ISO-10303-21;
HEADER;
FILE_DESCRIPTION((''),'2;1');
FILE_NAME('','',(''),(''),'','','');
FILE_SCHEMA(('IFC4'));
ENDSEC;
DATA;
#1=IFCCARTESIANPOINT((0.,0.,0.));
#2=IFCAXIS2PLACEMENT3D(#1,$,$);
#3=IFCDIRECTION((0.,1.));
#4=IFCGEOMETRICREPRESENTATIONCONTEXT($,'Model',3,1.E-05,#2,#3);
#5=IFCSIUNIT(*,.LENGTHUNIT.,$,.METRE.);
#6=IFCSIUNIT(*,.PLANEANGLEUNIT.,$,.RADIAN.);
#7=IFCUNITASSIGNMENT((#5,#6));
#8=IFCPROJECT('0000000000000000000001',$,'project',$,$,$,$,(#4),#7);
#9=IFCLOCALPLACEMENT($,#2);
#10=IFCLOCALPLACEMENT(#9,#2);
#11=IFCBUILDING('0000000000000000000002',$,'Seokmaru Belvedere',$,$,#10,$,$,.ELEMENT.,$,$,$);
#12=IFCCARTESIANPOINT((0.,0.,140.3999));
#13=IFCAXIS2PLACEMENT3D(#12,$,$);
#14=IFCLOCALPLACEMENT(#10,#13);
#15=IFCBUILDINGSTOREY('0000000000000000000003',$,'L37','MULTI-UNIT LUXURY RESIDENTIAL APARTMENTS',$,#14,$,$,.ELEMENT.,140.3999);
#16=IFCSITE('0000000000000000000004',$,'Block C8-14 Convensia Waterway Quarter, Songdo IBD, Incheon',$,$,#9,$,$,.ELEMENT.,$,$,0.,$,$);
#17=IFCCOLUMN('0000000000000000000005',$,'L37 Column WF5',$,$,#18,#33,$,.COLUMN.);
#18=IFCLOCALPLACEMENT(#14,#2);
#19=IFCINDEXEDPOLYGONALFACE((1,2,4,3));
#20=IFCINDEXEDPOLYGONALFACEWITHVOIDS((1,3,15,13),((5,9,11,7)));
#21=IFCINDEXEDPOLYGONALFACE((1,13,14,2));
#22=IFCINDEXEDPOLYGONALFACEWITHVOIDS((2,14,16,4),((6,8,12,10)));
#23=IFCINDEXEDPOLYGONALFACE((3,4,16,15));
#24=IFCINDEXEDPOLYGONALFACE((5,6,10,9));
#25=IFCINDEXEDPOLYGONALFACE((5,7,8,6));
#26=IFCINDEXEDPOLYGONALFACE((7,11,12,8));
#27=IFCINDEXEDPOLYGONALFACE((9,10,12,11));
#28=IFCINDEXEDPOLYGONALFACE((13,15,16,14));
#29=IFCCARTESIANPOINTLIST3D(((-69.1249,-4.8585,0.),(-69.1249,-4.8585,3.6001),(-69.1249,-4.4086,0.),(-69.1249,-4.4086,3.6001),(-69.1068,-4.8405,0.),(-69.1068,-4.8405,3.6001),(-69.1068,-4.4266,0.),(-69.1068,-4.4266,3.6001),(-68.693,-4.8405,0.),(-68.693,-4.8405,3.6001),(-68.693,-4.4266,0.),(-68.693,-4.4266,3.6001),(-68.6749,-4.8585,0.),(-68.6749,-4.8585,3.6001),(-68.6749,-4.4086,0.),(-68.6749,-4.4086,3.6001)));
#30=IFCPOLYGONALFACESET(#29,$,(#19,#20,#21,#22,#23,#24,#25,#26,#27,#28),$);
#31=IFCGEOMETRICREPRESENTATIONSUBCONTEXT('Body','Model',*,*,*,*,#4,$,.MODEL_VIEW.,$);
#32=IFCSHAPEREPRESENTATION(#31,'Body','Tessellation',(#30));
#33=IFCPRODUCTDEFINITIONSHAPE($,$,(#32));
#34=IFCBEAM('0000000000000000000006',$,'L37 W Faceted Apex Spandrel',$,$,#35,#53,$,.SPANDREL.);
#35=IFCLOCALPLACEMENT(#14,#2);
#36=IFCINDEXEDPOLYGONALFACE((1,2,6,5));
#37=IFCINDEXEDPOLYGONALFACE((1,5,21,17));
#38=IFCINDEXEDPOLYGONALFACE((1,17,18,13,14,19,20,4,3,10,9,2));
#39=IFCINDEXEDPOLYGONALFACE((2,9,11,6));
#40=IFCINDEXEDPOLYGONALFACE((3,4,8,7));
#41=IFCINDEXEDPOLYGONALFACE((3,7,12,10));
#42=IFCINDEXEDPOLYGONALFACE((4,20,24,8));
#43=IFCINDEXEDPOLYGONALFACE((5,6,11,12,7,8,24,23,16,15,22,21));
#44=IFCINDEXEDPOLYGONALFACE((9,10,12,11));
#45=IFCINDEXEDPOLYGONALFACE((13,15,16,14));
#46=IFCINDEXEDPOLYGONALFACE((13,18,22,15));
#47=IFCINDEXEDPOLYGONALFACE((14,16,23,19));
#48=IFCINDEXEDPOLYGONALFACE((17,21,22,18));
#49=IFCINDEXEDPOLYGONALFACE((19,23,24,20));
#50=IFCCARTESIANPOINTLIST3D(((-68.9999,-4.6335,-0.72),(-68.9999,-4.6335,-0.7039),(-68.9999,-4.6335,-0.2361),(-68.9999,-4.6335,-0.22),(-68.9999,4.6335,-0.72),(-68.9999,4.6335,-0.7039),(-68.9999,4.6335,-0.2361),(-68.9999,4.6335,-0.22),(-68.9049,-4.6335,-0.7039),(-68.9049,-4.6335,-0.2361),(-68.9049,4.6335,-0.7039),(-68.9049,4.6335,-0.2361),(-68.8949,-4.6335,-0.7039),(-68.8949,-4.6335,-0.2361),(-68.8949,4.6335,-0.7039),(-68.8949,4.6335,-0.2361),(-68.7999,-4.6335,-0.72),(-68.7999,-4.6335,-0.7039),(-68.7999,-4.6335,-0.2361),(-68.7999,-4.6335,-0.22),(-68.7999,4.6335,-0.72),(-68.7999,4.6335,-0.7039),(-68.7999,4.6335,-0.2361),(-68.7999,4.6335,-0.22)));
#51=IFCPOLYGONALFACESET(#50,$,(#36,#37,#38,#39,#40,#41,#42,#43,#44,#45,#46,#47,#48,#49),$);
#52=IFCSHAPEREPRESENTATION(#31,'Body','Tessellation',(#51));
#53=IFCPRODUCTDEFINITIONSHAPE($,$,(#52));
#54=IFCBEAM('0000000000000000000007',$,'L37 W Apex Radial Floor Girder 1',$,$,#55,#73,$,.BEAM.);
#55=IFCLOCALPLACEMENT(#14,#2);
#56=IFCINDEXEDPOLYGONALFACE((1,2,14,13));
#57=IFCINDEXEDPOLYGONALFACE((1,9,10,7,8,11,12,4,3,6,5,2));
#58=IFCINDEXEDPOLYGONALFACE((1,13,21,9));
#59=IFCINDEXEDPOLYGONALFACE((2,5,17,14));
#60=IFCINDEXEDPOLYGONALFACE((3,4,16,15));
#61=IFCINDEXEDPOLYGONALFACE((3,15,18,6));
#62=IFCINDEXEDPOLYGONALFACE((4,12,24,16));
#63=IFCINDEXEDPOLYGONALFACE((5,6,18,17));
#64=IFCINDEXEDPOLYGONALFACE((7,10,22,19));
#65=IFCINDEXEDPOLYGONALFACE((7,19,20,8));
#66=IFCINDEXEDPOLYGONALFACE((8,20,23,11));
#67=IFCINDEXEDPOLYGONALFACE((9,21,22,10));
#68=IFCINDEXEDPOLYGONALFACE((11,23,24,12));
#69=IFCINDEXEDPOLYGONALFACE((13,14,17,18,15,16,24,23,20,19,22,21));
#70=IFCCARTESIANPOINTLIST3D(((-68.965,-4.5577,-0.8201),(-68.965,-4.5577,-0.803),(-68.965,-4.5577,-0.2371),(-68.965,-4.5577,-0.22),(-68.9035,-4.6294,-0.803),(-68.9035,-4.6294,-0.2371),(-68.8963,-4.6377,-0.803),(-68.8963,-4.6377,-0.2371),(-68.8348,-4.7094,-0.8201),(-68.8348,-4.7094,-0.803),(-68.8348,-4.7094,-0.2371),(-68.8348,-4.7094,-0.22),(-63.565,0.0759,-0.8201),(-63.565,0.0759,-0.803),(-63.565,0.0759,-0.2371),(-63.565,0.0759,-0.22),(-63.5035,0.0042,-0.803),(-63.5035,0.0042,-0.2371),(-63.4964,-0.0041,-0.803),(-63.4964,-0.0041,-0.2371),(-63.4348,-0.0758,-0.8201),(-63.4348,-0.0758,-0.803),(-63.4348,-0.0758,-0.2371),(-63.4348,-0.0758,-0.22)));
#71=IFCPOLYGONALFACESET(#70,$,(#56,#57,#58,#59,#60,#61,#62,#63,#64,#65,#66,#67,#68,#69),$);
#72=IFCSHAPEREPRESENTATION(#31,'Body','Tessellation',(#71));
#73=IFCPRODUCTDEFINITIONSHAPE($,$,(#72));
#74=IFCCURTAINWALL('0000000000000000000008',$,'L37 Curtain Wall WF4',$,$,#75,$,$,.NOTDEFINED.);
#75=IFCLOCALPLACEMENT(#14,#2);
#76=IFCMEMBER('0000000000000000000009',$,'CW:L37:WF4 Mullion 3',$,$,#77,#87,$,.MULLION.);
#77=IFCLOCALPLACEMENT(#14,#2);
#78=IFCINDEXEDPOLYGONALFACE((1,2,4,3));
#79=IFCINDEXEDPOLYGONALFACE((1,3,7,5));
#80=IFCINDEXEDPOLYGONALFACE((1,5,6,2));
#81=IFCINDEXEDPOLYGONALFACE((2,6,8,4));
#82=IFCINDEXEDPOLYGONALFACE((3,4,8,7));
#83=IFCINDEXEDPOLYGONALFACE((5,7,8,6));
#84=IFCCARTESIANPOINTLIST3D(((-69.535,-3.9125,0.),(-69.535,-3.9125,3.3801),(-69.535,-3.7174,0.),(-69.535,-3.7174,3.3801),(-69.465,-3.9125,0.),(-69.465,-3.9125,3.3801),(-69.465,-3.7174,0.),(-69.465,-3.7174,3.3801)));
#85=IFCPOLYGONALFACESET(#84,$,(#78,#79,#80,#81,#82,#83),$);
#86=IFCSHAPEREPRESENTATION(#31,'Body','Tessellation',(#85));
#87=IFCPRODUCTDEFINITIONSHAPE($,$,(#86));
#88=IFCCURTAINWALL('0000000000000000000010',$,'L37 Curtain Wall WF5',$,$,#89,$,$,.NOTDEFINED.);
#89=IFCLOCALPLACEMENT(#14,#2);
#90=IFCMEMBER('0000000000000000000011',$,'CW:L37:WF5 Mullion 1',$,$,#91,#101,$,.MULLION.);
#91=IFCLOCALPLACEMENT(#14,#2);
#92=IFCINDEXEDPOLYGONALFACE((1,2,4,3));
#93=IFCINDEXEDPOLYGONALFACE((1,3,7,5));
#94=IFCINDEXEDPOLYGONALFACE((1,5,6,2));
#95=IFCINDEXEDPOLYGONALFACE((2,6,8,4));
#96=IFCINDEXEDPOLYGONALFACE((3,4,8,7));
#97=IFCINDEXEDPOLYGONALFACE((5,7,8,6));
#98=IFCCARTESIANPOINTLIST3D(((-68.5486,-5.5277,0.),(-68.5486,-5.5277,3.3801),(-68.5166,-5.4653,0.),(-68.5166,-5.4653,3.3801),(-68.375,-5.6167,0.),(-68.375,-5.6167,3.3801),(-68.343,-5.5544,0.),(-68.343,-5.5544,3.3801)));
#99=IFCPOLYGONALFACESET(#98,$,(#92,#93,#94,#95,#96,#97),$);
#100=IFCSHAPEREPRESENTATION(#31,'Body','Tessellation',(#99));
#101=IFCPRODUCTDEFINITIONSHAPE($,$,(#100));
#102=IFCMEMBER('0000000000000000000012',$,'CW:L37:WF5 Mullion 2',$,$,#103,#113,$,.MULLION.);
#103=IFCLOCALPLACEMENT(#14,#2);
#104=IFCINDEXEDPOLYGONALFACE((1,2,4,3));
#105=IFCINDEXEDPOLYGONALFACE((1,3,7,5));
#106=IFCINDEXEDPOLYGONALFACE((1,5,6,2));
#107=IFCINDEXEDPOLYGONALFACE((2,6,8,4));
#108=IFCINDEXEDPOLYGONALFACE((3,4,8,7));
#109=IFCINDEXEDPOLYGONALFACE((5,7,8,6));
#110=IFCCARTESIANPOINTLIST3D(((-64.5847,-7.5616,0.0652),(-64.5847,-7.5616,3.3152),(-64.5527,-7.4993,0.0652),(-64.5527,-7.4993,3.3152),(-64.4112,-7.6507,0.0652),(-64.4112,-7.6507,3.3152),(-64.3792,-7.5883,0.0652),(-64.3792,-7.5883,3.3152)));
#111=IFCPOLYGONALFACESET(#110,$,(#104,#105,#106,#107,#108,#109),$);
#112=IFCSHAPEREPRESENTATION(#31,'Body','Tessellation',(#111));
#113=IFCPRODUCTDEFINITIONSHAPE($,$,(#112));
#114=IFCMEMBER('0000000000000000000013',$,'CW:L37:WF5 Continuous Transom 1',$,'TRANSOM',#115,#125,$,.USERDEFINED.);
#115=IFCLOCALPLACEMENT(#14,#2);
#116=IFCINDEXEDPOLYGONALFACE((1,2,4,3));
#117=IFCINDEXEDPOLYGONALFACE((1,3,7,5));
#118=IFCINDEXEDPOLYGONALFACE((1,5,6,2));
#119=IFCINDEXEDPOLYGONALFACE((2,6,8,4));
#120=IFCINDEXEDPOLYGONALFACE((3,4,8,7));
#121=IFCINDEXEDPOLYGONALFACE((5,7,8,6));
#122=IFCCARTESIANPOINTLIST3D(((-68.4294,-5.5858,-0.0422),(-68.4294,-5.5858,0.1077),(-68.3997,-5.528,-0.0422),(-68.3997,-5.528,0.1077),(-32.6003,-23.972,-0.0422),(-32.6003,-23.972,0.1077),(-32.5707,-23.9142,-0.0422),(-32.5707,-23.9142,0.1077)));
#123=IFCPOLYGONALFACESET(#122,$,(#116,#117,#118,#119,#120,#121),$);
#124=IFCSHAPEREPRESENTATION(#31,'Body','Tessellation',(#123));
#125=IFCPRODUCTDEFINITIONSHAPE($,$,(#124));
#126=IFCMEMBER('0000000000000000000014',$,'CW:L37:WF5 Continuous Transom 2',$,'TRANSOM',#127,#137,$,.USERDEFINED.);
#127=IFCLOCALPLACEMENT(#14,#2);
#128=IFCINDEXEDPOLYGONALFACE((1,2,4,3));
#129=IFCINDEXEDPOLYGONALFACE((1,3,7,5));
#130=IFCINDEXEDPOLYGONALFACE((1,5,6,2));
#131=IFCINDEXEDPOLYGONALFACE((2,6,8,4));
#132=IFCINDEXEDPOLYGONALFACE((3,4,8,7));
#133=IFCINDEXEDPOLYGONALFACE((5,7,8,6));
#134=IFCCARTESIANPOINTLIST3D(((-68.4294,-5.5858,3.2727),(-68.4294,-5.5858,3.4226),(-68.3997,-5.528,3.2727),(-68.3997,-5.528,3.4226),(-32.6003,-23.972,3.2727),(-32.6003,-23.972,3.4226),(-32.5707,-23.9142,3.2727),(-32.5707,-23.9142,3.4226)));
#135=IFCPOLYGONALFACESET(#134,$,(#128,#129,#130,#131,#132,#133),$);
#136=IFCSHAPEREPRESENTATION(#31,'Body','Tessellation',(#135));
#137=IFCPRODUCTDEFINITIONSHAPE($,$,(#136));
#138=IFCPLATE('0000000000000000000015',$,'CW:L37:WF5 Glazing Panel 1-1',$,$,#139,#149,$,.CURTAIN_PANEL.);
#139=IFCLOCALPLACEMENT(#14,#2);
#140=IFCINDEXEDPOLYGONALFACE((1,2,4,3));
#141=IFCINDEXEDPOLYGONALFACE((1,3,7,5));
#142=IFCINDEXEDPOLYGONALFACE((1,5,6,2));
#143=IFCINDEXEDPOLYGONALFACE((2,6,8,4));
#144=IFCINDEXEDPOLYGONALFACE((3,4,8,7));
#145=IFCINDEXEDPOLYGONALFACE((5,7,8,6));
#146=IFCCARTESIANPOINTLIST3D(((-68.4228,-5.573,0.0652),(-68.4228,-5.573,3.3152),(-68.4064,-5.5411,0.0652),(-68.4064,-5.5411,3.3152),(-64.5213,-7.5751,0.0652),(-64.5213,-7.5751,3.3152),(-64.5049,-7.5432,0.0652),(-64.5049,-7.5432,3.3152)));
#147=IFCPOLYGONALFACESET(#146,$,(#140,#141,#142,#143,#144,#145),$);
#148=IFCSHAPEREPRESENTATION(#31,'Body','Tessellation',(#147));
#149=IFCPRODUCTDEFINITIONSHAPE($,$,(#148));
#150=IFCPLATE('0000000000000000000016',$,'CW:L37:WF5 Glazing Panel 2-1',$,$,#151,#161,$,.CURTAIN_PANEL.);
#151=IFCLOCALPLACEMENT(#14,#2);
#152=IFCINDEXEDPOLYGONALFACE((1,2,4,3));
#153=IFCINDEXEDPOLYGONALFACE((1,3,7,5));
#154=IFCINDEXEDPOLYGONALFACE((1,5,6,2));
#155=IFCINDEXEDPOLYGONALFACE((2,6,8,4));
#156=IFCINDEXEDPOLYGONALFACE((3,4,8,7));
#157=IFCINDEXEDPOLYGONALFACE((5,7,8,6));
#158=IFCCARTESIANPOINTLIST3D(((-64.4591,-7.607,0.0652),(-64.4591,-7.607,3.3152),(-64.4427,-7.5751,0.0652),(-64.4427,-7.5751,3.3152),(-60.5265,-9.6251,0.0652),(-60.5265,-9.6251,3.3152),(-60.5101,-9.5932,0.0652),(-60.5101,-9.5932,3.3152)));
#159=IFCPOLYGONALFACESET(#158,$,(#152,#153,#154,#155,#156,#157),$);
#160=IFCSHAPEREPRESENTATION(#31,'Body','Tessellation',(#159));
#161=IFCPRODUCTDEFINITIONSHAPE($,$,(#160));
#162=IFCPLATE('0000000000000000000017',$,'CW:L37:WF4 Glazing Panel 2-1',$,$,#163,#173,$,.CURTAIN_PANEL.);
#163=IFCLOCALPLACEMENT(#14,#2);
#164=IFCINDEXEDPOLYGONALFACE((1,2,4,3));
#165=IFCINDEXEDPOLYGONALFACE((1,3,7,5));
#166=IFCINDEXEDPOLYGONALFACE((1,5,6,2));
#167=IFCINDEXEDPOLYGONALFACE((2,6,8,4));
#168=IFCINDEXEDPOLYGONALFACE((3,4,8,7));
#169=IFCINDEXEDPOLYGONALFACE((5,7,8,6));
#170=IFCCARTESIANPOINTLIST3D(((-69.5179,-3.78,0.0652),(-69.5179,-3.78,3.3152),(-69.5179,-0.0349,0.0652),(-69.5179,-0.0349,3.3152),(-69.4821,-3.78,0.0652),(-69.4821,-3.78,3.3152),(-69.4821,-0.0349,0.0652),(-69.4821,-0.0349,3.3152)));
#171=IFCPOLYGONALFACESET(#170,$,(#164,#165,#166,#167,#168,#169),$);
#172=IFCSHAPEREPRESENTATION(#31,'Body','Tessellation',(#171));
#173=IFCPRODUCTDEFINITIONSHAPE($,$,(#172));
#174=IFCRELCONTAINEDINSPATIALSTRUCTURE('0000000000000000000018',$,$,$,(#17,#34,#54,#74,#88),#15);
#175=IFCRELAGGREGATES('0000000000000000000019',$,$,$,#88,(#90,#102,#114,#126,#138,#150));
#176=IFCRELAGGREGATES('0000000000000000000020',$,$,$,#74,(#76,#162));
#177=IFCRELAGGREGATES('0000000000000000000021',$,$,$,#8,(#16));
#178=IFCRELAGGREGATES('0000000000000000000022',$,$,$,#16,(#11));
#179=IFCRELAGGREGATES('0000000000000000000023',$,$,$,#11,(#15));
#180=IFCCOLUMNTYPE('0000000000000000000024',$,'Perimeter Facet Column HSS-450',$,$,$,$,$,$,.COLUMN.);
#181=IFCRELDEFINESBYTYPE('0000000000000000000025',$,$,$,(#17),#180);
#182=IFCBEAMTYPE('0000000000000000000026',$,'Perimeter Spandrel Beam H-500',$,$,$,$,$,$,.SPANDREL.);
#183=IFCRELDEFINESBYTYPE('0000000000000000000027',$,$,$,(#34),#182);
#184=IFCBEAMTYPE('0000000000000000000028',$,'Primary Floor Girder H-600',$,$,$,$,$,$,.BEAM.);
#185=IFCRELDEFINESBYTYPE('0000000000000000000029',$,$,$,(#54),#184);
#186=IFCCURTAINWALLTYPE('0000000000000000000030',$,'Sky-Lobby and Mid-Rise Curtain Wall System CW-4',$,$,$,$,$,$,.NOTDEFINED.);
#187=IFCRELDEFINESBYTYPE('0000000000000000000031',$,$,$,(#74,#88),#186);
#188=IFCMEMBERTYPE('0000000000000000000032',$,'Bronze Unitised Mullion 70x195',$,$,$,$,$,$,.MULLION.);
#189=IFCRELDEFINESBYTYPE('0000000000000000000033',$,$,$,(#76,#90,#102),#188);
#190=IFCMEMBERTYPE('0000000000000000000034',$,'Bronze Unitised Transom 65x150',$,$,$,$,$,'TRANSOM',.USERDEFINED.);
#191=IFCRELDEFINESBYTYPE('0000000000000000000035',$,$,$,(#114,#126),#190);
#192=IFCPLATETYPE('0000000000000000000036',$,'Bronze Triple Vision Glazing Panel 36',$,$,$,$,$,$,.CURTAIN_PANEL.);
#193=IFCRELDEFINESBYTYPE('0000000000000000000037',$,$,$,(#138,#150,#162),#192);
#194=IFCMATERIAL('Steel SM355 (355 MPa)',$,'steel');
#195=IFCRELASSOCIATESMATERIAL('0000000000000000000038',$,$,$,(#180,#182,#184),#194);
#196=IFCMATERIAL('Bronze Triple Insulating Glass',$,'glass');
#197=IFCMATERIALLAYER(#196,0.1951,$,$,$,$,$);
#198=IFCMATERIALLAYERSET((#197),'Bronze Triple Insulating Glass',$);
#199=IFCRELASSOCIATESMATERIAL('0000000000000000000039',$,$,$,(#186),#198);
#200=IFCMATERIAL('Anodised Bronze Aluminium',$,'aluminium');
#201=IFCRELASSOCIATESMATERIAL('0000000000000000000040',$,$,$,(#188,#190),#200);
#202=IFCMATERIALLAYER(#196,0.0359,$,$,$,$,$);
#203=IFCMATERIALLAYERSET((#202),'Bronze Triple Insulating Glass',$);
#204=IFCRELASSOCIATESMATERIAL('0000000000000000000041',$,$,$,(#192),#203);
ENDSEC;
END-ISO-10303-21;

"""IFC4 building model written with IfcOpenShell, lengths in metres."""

from ifc_helpers import new_model, si_unit, direction, frame, origin, origin_2d, place, context, subcontext, project, spatial, rectangle, hollow_rectangle, i_section, extrude, source, transform, mapped, material, layer, layer_set, material_profile, profile_set, type_object, type_shapes, element, aggregate, save


model = new_model("IFC4")

# Units and contexts
model_context = context("Model", 3, precision=1e-05, world=origin(), true_north=direction((0.0, 1.0)))
body_context = subcontext(model_context, "Body", "Model", "MODEL_VIEW")
ifc_project = project(units=[si_unit("LENGTHUNIT", "METRE"), si_unit("PLANEANGLEUNIT", "RADIAN")], contexts=[model_context])

# Site, building, storey
site_placement = place(None, origin())
site = spatial("IfcSite", under=ifc_project, at=site_placement, Name="Block C8-14 Convensia Waterway Quarter, Songdo IBD, Incheon", CompositionType="ELEMENT", RefElevation=0.0)
building_placement = place(site_placement, origin())
building = spatial("IfcBuilding", under=site, at=building_placement, Name="Seokmaru Belvedere", CompositionType="ELEMENT")
storey_placement = place(building_placement, frame((0.0, 0.0, 140.3999)))
storey = spatial("IfcBuildingStorey", under=building, at=storey_placement, Name="L37", Description="MULTI-UNIT LUXURY RESIDENTIAL APARTMENTS", CompositionType="ELEMENT", Elevation=140.3999)

# Column
ifc_material_1 = material(Name="Steel SM355 (355 MPa)", Category="steel")
ifc_material_profile_1 = material_profile(ifc_material_1, hollow_rectangle(XDim=0.45, YDim=0.45, WallThickness=0.0181, at=origin_2d()), Name="HSS-450x450x18")
ifc_profile_set_1 = profile_set([ifc_material_profile_1], Name="Steel SM355 (355 MPa)")
column_type = type_object("IfcColumnType", Name="Perimeter Facet Column HSS-450", PredefinedType="COLUMN", material=ifc_profile_set_1)
shared_shape_1 = source(origin(), body_context, "Body", "SweptSolid", [
    extrude(hollow_rectangle(XDim=0.45, YDim=0.45, WallThickness=0.0181, at=origin_2d()), origin(), (0.0, 0.0, 1.0), 3.6001),
])
type_shapes(column_type, [shared_shape_1])
column_placement = place(storey_placement, frame((-68.8999, -4.6335, 0.0), z_axis=(0.0, 0.0, 1.0), x_axis=(1.0, 0.0, 0.0)))
element("IfcColumn", 1, at=column_placement, inside=storey, type_object=column_type, Name="L37 Column WF5", PredefinedType="COLUMN", context=body_context, shape_type="MappedRepresentation", body=[
    mapped(shared_shape_1, transform((0.0, 0.0, 0.0), scale=1.0)),
])

# Beams
ifc_material_profile_2 = material_profile(ifc_material_1, i_section(OverallWidth=0.2, OverallDepth=0.5, WebThickness=0.01, FlangeThickness=0.0161, at=origin_2d()), Name="H-500x200x10x16")
ifc_profile_set_2 = profile_set([ifc_material_profile_2], Name="Steel SM355 (355 MPa)")
beam_type_1 = type_object("IfcBeamType", Name="Perimeter Spandrel Beam H-500", PredefinedType="SPANDREL", material=ifc_profile_set_2)
shared_shape_2 = source(origin(), body_context, "Body", "SweptSolid", [
    extrude(i_section(OverallWidth=0.2, OverallDepth=0.5, WebThickness=0.01, FlangeThickness=0.0161, at=origin_2d()), origin(), (0.0, 0.0, 1.0), 9.2671),
])
type_shapes(beam_type_1, [shared_shape_2])
beam_1_placement = place(storey_placement, frame((-68.8999, -4.6335, -0.47), z_axis=(0.0, 1.0, 0.0), x_axis=(-1.0, 0.0, 0.0)))
element("IfcBeam", 2, at=beam_1_placement, inside=storey, type_object=beam_type_1, Name="L37 W Faceted Apex Spandrel", PredefinedType="SPANDREL", context=body_context, shape_type="MappedRepresentation", body=[
    mapped(shared_shape_2, transform((0.0, 0.0, 0.0), scale=1.0)),
])
ifc_material_profile_3 = material_profile(ifc_material_1, i_section(OverallWidth=0.2, OverallDepth=0.6001, WebThickness=0.011, FlangeThickness=0.0171, at=origin_2d()), Name="H-600x200x11x17")
ifc_profile_set_3 = profile_set([ifc_material_profile_3], Name="Steel SM355 (355 MPa)")
beam_type_2 = type_object("IfcBeamType", Name="Primary Floor Girder H-600", PredefinedType="BEAM", material=ifc_profile_set_3)
shared_shape_3 = source(origin(), body_context, "Body", "SweptSolid", [
    extrude(i_section(OverallWidth=0.2, OverallDepth=0.6001, WebThickness=0.011, FlangeThickness=0.0171, at=origin_2d()), origin(), (0.0, 0.0, 1.0), 7.1155),
])
type_shapes(beam_type_2, [shared_shape_3])
beam_2_placement = place(storey_placement, frame((-68.8999, -4.6335, -0.52), z_axis=(0.758905, 0.651201, 0.0), x_axis=(-0.651201, 0.758905, 0.0)))
element("IfcBeam", 3, at=beam_2_placement, inside=storey, type_object=beam_type_2, Name="L37 W Apex Radial Floor Girder 1", PredefinedType="BEAM", context=body_context, shape_type="MappedRepresentation", body=[
    mapped(shared_shape_3, transform((0.0, 0.0, 0.0), scale=1.0)),
])

# Curtain wall, member
ifc_material_2 = material(Name="Bronze Triple Insulating Glass", Category="glass")
ifc_layer_1 = layer(ifc_material_2, 0.1951)
ifc_layer_set_1 = layer_set([ifc_layer_1], Name="Bronze Triple Insulating Glass")
curtain_wall_type = type_object("IfcCurtainWallType", Name="Sky-Lobby and Mid-Rise Curtain Wall System CW-4", PredefinedType="NOTDEFINED", material=ifc_layer_set_1)
curtain_wall_1_placement = place(storey_placement, origin())
curtain_wall_1 = element("IfcCurtainWall", 4, at=curtain_wall_1_placement, inside=storey, type_object=curtain_wall_type, Name="L37 Curtain Wall WF4", PredefinedType="NOTDEFINED")
ifc_material_3 = material(Name="Anodised Bronze Aluminium", Category="aluminium")
ifc_material_profile_4 = material_profile(ifc_material_3, rectangle(XDim=0.0701, YDim=0.1951, at=origin_2d()), Name="CW-M-70x195")
ifc_profile_set_4 = profile_set([ifc_material_profile_4], Name="Anodised Bronze Aluminium")
member_type_1 = type_object("IfcMemberType", Name="Bronze Unitised Mullion 70x195", PredefinedType="MULLION", material=ifc_profile_set_4)
shared_shape_4 = source(origin(), body_context, "Body", "SweptSolid", [
    extrude(rectangle(XDim=0.0701, YDim=0.1951, at=origin_2d()), origin(), (0.0, 0.0, 1.0), 3.3801),
])
member_1_placement = place(storey_placement, frame((-69.5, -3.8149, 0.0), z_axis=(0.0, 0.0, 1.0), x_axis=(1.0, 0.0, 0.0)))
member_1 = element("IfcMember", 5, at=member_1_placement, type_object=member_type_1, Name="CW:L37:WF4 Mullion 3", PredefinedType="MULLION", context=body_context, shape_type="MappedRepresentation", body=[
    mapped(shared_shape_4, transform((0.0, 0.0, 0.0), scale=1.0)),
])

# Curtain wall, members, plates
curtain_wall_2_placement = place(storey_placement, origin())
curtain_wall_2 = element("IfcCurtainWall", 6, at=curtain_wall_2_placement, inside=storey, type_object=curtain_wall_type, Name="L37 Curtain Wall WF5", PredefinedType="NOTDEFINED")
member_2_placement = place(storey_placement, frame((-68.4458, -5.541, 0.0), z_axis=(0.0, 0.0, 1.0), x_axis=(0.456555, 0.889695, 0.0)))
member_2 = element("IfcMember", 7, at=member_2_placement, type_object=member_type_1, Name="CW:L37:WF5 Mullion 1", PredefinedType="MULLION", context=body_context, shape_type="MappedRepresentation", body=[
    mapped(shared_shape_4, transform((0.0, 0.0, 0.0), scale=1.0)),
])
shared_shape_5 = source(origin(), body_context, "Body", "SweptSolid", [
    extrude(rectangle(XDim=0.0701, YDim=0.1951, at=origin_2d()), origin(), (0.0, 0.0, 1.0), 3.25),
])
type_shapes(member_type_1, [shared_shape_4, shared_shape_5])
member_3_placement = place(storey_placement, frame((-64.4819, -7.575, 0.0652), z_axis=(0.0, 0.0, 1.0), x_axis=(0.456555, 0.889695, 0.0)))
member_3 = element("IfcMember", 8, at=member_3_placement, type_object=member_type_1, Name="CW:L37:WF5 Mullion 2", PredefinedType="MULLION", context=body_context, shape_type="MappedRepresentation", body=[
    mapped(shared_shape_5, transform((0.0, 0.0, 0.0), scale=1.0)),
])
ifc_material_profile_5 = material_profile(ifc_material_3, rectangle(XDim=0.0649, YDim=0.1499, at=origin_2d()), Name="CW-T-65x150")
ifc_profile_set_5 = profile_set([ifc_material_profile_5], Name="Anodised Bronze Aluminium")
member_type_2 = type_object("IfcMemberType", Name="Bronze Unitised Transom 65x150", ElementType="TRANSOM", PredefinedType="USERDEFINED", material=ifc_profile_set_5)
shared_shape_6 = source(origin(), body_context, "Body", "SweptSolid", [
    extrude(rectangle(XDim=0.0649, YDim=0.1499, at=origin_2d()), origin(), (0.0, 0.0, 1.0), 40.2712),
])
type_shapes(member_type_2, [shared_shape_6])
member_4_placement = place(storey_placement, frame((-68.4146, -5.5569, 0.0327), z_axis=(0.889693, -0.456559, 0.0), x_axis=(0.456559, 0.889693, 0.0)))
member_4 = element("IfcMember", 9, at=member_4_placement, type_object=member_type_2, Name="CW:L37:WF5 Continuous Transom 1", ObjectType="TRANSOM", PredefinedType="USERDEFINED", context=body_context, shape_type="MappedRepresentation", body=[
    mapped(shared_shape_6, transform((0.0, 0.0, 0.0), scale=1.0)),
])
member_5_placement = place(storey_placement, frame((-68.4146, -5.5569, 3.3477), z_axis=(0.889693, -0.456559, 0.0), x_axis=(0.456559, 0.889693, 0.0)))
member_5 = element("IfcMember", 10, at=member_5_placement, type_object=member_type_2, Name="CW:L37:WF5 Continuous Transom 2", ObjectType="TRANSOM", PredefinedType="USERDEFINED", context=body_context, shape_type="MappedRepresentation", body=[
    mapped(shared_shape_6, transform((0.0, 0.0, 0.0), scale=1.0)),
])
ifc_layer_2 = layer(ifc_material_2, 0.0359)
ifc_layer_set_2 = layer_set([ifc_layer_2], Name="Bronze Triple Insulating Glass")
plate_type = type_object("IfcPlateType", Name="Bronze Triple Vision Glazing Panel 36", PredefinedType="CURTAIN_PANEL", material=ifc_layer_set_2)
shared_shape_7 = source(origin(), body_context, "Body", "SweptSolid", [
    extrude(rectangle(XDim=4.3853, YDim=0.0359, at=origin_2d()), origin(), (0.0, 0.0, 1.0), 3.25),
])
plate_1_placement = place(storey_placement, frame((-66.4639, -6.5581, 0.0652), z_axis=(0.0, 0.0, 1.0), x_axis=(0.889695, -0.456555, 0.0)))
plate_1 = element("IfcPlate", 11, at=plate_1_placement, type_object=plate_type, Name="CW:L37:WF5 Glazing Panel 1-1", PredefinedType="CURTAIN_PANEL", context=body_context, shape_type="MappedRepresentation", body=[
    mapped(shared_shape_7, transform((0.0, 0.0, 0.0), scale=1.0)),
])
shared_shape_8 = source(origin(), body_context, "Body", "SweptSolid", [
    extrude(rectangle(XDim=4.4202, YDim=0.0359, at=origin_2d()), origin(), (0.0, 0.0, 1.0), 3.25),
])
plate_2_placement = place(storey_placement, frame((-62.4846, -8.6001, 0.0652), z_axis=(0.0, 0.0, 1.0), x_axis=(0.889695, -0.456555, 0.0)))
plate_2 = element("IfcPlate", 12, at=plate_2_placement, type_object=plate_type, Name="CW:L37:WF5 Glazing Panel 2-1", PredefinedType="CURTAIN_PANEL", context=body_context, shape_type="MappedRepresentation", body=[
    mapped(shared_shape_8, transform((0.0, 0.0, 0.0), scale=1.0)),
])
aggregate(curtain_wall_2, [member_2, member_3, member_4, member_5, plate_1, plate_2])

# Plate
shared_shape_9 = source(origin(), body_context, "Body", "SweptSolid", [
    extrude(rectangle(XDim=3.7451, YDim=0.0359, at=origin_2d()), origin(), (0.0, 0.0, 1.0), 3.25),
])
type_shapes(plate_type, [shared_shape_7, shared_shape_8, shared_shape_9])
plate_3_placement = place(storey_placement, frame((-69.5, -1.9075, 0.0652), z_axis=(0.0, 0.0, 1.0), x_axis=(0.0, -1.0, 0.0)))
plate_3 = element("IfcPlate", 13, at=plate_3_placement, type_object=plate_type, Name="CW:L37:WF4 Glazing Panel 2-1", PredefinedType="CURTAIN_PANEL", context=body_context, shape_type="MappedRepresentation", body=[
    mapped(shared_shape_9, transform((0.0, 0.0, 0.0), scale=1.0)),
])
aggregate(curtain_wall_1, [member_1, plate_3])

save(model, "model.ifc")
